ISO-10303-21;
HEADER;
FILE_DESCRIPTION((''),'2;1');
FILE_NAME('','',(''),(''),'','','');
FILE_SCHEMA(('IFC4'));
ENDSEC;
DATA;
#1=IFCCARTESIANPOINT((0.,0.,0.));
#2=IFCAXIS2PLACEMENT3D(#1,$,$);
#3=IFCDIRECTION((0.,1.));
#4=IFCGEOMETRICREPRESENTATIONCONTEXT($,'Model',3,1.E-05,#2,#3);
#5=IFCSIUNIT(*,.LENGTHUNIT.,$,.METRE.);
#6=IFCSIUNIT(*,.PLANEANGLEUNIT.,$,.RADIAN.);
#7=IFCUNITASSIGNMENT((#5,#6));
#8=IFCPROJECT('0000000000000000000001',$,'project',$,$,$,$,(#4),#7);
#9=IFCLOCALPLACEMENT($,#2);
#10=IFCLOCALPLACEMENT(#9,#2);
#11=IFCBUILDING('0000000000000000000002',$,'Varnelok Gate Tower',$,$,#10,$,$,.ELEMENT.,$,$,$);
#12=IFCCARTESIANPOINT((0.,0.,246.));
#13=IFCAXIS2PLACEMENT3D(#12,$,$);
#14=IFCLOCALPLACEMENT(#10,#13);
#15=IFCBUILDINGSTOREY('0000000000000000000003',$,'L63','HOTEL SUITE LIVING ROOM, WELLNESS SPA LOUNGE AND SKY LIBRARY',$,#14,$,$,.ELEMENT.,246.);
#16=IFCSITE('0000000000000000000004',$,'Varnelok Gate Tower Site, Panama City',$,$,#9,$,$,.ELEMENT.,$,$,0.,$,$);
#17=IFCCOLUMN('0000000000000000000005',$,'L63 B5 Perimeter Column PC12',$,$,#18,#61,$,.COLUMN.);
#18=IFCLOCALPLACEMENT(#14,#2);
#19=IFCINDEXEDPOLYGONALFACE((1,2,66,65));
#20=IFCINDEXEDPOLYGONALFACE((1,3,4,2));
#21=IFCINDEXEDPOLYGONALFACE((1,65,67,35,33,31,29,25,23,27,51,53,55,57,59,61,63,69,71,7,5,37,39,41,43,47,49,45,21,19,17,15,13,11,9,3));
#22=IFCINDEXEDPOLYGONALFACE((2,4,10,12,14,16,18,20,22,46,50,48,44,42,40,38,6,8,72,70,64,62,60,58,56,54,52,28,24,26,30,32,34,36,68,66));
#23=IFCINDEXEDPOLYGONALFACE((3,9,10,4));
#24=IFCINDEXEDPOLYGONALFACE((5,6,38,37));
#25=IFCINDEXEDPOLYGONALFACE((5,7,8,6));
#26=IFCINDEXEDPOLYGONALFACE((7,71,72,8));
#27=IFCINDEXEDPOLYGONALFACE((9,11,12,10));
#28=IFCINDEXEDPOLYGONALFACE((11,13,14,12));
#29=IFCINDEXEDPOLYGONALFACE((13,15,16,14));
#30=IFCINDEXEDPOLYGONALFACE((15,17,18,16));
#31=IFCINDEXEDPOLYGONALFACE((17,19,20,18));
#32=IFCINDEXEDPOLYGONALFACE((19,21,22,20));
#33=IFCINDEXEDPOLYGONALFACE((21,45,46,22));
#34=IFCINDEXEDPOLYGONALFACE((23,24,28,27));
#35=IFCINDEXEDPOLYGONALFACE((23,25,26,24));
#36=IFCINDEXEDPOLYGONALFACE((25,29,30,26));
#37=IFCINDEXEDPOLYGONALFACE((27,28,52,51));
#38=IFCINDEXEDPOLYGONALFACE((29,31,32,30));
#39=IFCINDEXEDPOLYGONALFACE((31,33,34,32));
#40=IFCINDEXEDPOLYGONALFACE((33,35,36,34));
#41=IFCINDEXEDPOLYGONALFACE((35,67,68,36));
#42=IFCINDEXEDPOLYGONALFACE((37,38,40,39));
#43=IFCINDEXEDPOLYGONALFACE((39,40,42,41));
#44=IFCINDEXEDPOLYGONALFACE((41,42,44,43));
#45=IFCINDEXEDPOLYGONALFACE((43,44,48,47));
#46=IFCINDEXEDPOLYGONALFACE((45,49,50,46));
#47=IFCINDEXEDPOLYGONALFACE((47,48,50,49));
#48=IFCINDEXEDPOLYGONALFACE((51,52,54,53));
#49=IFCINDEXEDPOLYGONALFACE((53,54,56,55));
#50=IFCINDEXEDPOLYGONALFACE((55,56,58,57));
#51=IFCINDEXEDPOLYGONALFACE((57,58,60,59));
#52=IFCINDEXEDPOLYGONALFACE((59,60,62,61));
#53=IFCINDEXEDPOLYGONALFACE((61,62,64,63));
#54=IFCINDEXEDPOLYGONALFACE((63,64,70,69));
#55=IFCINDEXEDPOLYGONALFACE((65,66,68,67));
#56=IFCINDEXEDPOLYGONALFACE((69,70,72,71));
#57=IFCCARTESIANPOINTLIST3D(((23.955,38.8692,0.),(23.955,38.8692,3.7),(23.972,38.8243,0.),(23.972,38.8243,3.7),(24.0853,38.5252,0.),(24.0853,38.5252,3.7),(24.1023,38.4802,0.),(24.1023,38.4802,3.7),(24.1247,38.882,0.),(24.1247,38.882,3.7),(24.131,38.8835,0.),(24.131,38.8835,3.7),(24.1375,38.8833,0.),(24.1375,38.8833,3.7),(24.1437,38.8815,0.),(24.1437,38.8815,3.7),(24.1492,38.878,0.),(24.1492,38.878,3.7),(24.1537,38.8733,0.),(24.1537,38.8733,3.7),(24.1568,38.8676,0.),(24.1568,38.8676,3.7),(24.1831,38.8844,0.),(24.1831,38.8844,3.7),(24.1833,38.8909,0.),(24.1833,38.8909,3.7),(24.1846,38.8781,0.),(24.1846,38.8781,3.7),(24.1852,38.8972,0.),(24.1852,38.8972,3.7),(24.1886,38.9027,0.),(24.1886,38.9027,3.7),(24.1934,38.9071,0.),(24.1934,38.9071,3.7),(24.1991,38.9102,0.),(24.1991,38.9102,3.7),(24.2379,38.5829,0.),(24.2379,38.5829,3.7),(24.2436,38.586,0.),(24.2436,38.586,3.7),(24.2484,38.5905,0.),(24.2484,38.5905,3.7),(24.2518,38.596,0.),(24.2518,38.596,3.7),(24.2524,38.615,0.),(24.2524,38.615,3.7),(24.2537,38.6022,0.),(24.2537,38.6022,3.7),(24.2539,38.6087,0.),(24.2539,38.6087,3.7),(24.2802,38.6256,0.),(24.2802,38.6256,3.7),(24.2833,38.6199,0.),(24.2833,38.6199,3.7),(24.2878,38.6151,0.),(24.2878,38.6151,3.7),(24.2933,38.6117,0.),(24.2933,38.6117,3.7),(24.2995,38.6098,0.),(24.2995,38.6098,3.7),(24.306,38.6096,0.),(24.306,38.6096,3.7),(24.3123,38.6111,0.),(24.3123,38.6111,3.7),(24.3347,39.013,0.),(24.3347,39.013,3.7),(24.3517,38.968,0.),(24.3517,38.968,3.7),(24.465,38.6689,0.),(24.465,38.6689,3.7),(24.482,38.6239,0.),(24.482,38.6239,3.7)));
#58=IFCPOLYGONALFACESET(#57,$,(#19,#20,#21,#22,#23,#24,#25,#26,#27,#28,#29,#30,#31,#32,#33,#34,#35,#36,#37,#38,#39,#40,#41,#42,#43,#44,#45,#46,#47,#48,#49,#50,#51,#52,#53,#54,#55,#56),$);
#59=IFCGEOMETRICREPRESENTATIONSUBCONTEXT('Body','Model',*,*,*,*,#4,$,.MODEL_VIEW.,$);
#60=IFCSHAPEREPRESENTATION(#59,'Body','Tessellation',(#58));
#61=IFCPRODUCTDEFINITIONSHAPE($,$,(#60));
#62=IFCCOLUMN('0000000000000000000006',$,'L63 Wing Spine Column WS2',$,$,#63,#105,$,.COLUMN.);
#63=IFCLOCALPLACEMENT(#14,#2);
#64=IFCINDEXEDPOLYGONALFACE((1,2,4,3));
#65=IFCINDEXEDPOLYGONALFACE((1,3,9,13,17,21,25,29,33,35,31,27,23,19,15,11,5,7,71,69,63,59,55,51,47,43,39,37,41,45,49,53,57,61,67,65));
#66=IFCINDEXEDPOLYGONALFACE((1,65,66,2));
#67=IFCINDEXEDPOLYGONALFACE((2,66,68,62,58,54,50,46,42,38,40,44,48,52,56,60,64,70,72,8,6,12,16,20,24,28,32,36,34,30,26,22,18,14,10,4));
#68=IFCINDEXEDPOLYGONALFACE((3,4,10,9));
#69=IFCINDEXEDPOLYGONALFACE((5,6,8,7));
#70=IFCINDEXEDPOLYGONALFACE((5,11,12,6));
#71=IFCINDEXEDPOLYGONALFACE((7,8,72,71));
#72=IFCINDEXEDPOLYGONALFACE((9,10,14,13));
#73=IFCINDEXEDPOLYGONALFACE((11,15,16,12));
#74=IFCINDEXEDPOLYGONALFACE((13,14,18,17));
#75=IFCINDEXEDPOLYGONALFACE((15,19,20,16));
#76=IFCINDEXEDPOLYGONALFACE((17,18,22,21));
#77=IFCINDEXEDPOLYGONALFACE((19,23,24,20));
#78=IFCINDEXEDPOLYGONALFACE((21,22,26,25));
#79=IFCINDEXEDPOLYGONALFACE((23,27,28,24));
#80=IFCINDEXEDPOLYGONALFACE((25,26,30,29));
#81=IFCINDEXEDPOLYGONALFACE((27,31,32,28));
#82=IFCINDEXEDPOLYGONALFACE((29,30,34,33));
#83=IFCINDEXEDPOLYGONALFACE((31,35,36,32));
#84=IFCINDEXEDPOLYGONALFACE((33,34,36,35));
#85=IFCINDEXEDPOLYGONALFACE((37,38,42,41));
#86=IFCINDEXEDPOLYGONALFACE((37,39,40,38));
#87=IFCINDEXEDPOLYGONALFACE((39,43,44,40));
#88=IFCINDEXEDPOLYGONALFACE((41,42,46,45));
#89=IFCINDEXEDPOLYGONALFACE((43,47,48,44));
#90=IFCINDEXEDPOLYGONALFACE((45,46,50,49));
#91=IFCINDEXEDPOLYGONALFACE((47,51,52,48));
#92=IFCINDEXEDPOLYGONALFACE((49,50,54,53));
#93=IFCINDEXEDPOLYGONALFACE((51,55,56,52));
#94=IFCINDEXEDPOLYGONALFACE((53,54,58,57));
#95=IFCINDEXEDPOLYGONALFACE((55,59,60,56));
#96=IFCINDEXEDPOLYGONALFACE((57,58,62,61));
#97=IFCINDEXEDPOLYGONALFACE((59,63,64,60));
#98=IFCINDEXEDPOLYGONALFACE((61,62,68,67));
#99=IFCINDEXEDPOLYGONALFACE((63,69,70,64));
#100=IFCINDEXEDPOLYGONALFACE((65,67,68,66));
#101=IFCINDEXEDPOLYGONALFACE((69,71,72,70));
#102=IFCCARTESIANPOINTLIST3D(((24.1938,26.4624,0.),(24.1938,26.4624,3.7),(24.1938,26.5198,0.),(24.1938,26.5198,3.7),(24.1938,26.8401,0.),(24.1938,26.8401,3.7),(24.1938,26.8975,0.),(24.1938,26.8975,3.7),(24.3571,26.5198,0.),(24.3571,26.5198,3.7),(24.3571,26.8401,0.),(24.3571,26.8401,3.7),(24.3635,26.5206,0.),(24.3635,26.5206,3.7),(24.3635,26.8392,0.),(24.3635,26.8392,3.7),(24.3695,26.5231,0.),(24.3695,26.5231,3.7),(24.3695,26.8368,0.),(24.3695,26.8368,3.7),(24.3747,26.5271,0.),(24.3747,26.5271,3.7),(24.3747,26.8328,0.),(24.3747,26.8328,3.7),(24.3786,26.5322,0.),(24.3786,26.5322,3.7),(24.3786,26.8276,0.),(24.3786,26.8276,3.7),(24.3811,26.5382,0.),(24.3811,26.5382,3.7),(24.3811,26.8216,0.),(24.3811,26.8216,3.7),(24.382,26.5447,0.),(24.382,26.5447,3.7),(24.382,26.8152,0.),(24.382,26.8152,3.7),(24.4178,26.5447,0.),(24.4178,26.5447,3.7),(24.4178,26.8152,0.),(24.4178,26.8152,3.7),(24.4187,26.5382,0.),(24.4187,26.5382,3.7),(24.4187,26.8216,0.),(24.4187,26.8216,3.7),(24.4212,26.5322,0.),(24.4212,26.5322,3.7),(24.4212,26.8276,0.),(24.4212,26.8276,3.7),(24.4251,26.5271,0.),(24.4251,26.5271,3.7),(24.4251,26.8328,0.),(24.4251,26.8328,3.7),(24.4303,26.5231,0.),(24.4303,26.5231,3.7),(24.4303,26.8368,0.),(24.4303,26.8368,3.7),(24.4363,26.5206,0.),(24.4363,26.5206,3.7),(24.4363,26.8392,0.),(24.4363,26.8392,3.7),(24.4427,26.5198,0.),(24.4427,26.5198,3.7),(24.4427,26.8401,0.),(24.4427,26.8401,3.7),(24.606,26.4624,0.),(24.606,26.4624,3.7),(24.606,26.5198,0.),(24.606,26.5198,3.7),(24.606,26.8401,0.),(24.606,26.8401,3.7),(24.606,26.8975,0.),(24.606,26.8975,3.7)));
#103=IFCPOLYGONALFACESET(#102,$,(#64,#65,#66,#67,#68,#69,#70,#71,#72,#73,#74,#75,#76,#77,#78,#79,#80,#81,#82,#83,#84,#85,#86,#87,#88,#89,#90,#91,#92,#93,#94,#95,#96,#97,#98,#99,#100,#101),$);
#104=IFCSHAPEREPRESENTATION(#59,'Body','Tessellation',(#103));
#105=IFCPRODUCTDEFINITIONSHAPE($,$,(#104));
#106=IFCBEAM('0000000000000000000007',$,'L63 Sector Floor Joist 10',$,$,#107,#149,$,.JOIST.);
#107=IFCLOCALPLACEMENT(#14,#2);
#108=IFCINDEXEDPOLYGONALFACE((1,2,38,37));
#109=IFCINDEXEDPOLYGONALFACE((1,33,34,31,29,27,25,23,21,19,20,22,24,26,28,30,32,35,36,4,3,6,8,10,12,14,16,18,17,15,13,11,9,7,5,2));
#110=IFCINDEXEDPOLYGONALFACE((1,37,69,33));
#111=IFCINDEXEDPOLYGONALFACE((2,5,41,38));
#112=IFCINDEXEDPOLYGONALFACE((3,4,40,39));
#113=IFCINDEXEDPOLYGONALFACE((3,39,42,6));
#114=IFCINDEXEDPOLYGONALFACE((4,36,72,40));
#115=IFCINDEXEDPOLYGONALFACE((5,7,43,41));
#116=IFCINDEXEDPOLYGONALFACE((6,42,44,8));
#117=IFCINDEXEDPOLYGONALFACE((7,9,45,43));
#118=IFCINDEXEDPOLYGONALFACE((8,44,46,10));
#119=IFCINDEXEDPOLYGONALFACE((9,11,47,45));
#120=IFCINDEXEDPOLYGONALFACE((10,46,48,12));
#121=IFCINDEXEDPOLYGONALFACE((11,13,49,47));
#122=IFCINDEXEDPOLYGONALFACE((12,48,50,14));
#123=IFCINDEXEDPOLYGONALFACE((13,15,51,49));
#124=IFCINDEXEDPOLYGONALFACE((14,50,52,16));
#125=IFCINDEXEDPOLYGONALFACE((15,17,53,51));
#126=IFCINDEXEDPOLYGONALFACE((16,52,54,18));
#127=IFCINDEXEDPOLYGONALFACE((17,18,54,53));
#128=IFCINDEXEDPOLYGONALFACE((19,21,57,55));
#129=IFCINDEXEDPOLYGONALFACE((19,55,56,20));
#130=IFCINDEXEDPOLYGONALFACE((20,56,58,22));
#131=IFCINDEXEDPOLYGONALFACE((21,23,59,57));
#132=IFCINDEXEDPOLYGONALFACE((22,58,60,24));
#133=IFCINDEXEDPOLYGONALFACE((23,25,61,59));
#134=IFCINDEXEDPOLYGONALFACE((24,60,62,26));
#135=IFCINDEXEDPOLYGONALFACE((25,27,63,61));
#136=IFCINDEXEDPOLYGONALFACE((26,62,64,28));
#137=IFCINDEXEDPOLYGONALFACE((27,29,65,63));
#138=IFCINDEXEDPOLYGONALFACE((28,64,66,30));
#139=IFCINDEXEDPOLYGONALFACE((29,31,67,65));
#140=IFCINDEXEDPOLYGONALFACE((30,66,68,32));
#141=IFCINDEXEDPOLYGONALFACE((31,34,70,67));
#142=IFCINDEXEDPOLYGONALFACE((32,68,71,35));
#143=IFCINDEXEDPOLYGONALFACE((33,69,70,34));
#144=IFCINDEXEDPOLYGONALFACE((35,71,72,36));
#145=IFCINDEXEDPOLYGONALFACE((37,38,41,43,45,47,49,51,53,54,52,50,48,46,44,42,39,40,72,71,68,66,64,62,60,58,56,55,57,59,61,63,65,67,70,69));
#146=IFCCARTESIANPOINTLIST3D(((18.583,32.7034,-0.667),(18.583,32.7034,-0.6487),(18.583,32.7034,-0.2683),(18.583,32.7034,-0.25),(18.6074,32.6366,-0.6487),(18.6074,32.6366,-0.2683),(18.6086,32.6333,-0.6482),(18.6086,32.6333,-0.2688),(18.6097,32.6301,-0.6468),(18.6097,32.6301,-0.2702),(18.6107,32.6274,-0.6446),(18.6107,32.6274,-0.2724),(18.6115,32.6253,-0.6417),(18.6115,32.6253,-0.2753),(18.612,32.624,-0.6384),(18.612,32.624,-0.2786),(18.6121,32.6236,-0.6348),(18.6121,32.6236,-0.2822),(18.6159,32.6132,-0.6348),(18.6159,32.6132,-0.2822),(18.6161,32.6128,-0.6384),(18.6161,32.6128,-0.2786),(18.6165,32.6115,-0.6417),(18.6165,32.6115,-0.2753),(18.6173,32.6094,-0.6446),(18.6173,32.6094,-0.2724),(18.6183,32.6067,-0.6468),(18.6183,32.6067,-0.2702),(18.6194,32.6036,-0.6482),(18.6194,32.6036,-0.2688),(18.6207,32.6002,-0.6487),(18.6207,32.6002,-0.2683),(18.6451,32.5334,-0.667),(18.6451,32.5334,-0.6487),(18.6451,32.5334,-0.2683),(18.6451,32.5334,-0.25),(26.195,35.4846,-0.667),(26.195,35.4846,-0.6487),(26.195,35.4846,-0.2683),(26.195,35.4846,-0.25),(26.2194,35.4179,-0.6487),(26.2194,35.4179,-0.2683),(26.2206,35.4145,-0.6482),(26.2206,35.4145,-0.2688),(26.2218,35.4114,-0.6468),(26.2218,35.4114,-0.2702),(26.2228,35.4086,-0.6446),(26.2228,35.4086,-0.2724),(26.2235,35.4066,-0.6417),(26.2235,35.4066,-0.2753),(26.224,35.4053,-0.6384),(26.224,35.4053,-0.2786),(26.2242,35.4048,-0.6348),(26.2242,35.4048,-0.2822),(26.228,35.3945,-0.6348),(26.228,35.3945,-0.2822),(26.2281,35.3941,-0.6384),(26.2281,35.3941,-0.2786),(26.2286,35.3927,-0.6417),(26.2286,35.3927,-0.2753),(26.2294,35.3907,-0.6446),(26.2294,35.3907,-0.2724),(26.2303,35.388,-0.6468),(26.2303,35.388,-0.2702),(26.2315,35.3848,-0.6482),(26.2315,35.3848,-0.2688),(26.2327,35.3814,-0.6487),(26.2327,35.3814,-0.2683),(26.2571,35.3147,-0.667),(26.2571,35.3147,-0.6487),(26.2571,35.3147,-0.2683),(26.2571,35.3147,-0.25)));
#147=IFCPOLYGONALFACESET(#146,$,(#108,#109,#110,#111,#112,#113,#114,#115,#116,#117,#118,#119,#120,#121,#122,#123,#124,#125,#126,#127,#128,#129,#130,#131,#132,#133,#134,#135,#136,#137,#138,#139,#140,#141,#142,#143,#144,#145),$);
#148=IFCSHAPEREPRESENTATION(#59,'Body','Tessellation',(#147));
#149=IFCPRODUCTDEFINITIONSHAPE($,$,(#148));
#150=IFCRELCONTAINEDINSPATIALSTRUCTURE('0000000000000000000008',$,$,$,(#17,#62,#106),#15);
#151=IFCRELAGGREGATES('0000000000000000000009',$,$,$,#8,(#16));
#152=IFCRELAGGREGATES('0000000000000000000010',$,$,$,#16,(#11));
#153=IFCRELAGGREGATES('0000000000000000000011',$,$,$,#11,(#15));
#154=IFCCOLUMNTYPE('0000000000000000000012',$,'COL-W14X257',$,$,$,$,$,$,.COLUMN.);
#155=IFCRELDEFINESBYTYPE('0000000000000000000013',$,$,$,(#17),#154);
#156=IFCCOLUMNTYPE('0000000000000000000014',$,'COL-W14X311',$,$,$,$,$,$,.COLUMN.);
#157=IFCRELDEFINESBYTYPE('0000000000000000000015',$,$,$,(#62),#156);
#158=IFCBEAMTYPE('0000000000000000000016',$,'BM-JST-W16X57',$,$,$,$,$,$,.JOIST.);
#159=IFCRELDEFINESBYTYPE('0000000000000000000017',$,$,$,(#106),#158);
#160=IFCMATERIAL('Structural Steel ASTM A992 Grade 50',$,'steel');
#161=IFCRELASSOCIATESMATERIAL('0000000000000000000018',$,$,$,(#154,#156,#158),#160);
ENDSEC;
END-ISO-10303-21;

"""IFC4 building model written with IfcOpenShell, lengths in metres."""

from ifc_helpers import new_model, si_unit, direction, frame, origin, origin_2d, place, context, subcontext, project, spatial, i_section, extrude, material, material_profile, profile_set, type_object, element, save


model = new_model("IFC4")

# Units and contexts
model_context = context("Model", 3, precision=1e-05, world=origin(), true_north=direction((0.0, 1.0)))
body_context = subcontext(model_context, "Body", "Model", "MODEL_VIEW")
ifc_project = project(units=[si_unit("LENGTHUNIT", "METRE"), si_unit("PLANEANGLEUNIT", "RADIAN")], contexts=[model_context])

# Site, building, storey
site_placement = place(None, origin())
site = spatial("IfcSite", under=ifc_project, at=site_placement, Name="Varnelok Gate Tower Site, Panama City", CompositionType="ELEMENT", RefElevation=0.0)
building_placement = place(site_placement, origin())
building = spatial("IfcBuilding", under=site, at=building_placement, Name="Varnelok Gate Tower", CompositionType="ELEMENT")
storey_placement = place(building_placement, frame((0.0, 0.0, 246.0)))
storey = spatial("IfcBuildingStorey", under=building, at=storey_placement, Name="L63", Description="HOTEL SUITE LIVING ROOM, WELLNESS SPA LOUNGE AND SKY LIBRARY", CompositionType="ELEMENT", Elevation=246.0)

# Columns
ifc_material_1 = material(Name="Structural Steel ASTM A992 Grade 50", Category="steel")
ifc_material_profile_1 = material_profile(ifc_material_1, i_section(OverallWidth=0.406, OverallDepth=0.416, WebThickness=0.0298, FlangeThickness=0.0481, FilletRadius=0.0249, at=origin_2d()), Name="W14X257")
ifc_profile_set_1 = profile_set([ifc_material_profile_1], Name="Structural Steel ASTM A992 Grade 50")
column_type_1 = type_object("IfcColumnType", Name="COL-W14X257", PredefinedType="COLUMN", material=ifc_profile_set_1)
column_1_placement = place(storey_placement, frame((24.2185, 38.7466, 0.0), z_axis=(0.0, 0.0, 1.0), x_axis=(0.935222, 0.354063, 0.0)))
element("IfcColumn", 1, at=column_1_placement, inside=storey, type_object=column_type_1, Name="L63 B5 Perimeter Column PC12", PredefinedType="COLUMN", context=body_context, shape_type="SweptSolid", body=[
    extrude(i_section(OverallWidth=0.406, OverallDepth=0.416, WebThickness=0.0298, FlangeThickness=0.0481, FilletRadius=0.0249, at=origin_2d()), origin(), (0.0, 0.0, 1.0), 3.7),
])
ifc_material_profile_2 = material_profile(ifc_material_1, i_section(OverallWidth=0.4121, OverallDepth=0.4351, WebThickness=0.0359, FlangeThickness=0.0574, FilletRadius=0.0249, at=origin_2d()), Name="W14X311")
ifc_profile_set_2 = profile_set([ifc_material_profile_2], Name="Structural Steel ASTM A992 Grade 50")
column_type_2 = type_object("IfcColumnType", Name="COL-W14X311", PredefinedType="COLUMN", material=ifc_profile_set_2)
column_2_placement = place(storey_placement, frame((24.3999, 26.6799, 0.0), z_axis=(0.0, 0.0, 1.0), x_axis=(1.0, 0.0, 0.0)))
element("IfcColumn", 2, at=column_2_placement, inside=storey, type_object=column_type_2, Name="L63 Wing Spine Column WS2", PredefinedType="COLUMN", context=body_context, shape_type="SweptSolid", body=[
    extrude(i_section(OverallWidth=0.4121, OverallDepth=0.4351, WebThickness=0.0359, FlangeThickness=0.0574, FilletRadius=0.0249, at=origin_2d()), origin(), (0.0, 0.0, 1.0), 3.7),
])

# Beam
ifc_material_profile_3 = material_profile(ifc_material_1, i_section(OverallWidth=0.1809, OverallDepth=0.417, WebThickness=0.011, FlangeThickness=0.0183, FilletRadius=0.0139, at=origin_2d()), Name="W16X57")
ifc_profile_set_3 = profile_set([ifc_material_profile_3], Name="Structural Steel ASTM A992 Grade 50")
beam_type_1 = type_object("IfcBeamType", Name="BM-JST-W16X57", PredefinedType="JOIST", material=ifc_profile_set_3)
beam_1_placement = place(storey_placement, frame((26.2261, 35.3997, -0.4585), z_axis=(-0.939268, -0.343184, 0.0), x_axis=(0.343184, -0.939268, 0.0)))
element("IfcBeam", 3, at=beam_1_placement, inside=storey, type_object=beam_type_1, Name="L63 Sector Floor Joist 10", PredefinedType="JOIST", context=body_context, shape_type="SweptSolid", body=[
    extrude(i_section(OverallWidth=0.1809, OverallDepth=0.417, WebThickness=0.011, FlangeThickness=0.0183, FilletRadius=0.0139, at=origin_2d()), origin(), (0.0, 0.0, 1.0), 8.1042),
])

save(model, "model.ifc")
